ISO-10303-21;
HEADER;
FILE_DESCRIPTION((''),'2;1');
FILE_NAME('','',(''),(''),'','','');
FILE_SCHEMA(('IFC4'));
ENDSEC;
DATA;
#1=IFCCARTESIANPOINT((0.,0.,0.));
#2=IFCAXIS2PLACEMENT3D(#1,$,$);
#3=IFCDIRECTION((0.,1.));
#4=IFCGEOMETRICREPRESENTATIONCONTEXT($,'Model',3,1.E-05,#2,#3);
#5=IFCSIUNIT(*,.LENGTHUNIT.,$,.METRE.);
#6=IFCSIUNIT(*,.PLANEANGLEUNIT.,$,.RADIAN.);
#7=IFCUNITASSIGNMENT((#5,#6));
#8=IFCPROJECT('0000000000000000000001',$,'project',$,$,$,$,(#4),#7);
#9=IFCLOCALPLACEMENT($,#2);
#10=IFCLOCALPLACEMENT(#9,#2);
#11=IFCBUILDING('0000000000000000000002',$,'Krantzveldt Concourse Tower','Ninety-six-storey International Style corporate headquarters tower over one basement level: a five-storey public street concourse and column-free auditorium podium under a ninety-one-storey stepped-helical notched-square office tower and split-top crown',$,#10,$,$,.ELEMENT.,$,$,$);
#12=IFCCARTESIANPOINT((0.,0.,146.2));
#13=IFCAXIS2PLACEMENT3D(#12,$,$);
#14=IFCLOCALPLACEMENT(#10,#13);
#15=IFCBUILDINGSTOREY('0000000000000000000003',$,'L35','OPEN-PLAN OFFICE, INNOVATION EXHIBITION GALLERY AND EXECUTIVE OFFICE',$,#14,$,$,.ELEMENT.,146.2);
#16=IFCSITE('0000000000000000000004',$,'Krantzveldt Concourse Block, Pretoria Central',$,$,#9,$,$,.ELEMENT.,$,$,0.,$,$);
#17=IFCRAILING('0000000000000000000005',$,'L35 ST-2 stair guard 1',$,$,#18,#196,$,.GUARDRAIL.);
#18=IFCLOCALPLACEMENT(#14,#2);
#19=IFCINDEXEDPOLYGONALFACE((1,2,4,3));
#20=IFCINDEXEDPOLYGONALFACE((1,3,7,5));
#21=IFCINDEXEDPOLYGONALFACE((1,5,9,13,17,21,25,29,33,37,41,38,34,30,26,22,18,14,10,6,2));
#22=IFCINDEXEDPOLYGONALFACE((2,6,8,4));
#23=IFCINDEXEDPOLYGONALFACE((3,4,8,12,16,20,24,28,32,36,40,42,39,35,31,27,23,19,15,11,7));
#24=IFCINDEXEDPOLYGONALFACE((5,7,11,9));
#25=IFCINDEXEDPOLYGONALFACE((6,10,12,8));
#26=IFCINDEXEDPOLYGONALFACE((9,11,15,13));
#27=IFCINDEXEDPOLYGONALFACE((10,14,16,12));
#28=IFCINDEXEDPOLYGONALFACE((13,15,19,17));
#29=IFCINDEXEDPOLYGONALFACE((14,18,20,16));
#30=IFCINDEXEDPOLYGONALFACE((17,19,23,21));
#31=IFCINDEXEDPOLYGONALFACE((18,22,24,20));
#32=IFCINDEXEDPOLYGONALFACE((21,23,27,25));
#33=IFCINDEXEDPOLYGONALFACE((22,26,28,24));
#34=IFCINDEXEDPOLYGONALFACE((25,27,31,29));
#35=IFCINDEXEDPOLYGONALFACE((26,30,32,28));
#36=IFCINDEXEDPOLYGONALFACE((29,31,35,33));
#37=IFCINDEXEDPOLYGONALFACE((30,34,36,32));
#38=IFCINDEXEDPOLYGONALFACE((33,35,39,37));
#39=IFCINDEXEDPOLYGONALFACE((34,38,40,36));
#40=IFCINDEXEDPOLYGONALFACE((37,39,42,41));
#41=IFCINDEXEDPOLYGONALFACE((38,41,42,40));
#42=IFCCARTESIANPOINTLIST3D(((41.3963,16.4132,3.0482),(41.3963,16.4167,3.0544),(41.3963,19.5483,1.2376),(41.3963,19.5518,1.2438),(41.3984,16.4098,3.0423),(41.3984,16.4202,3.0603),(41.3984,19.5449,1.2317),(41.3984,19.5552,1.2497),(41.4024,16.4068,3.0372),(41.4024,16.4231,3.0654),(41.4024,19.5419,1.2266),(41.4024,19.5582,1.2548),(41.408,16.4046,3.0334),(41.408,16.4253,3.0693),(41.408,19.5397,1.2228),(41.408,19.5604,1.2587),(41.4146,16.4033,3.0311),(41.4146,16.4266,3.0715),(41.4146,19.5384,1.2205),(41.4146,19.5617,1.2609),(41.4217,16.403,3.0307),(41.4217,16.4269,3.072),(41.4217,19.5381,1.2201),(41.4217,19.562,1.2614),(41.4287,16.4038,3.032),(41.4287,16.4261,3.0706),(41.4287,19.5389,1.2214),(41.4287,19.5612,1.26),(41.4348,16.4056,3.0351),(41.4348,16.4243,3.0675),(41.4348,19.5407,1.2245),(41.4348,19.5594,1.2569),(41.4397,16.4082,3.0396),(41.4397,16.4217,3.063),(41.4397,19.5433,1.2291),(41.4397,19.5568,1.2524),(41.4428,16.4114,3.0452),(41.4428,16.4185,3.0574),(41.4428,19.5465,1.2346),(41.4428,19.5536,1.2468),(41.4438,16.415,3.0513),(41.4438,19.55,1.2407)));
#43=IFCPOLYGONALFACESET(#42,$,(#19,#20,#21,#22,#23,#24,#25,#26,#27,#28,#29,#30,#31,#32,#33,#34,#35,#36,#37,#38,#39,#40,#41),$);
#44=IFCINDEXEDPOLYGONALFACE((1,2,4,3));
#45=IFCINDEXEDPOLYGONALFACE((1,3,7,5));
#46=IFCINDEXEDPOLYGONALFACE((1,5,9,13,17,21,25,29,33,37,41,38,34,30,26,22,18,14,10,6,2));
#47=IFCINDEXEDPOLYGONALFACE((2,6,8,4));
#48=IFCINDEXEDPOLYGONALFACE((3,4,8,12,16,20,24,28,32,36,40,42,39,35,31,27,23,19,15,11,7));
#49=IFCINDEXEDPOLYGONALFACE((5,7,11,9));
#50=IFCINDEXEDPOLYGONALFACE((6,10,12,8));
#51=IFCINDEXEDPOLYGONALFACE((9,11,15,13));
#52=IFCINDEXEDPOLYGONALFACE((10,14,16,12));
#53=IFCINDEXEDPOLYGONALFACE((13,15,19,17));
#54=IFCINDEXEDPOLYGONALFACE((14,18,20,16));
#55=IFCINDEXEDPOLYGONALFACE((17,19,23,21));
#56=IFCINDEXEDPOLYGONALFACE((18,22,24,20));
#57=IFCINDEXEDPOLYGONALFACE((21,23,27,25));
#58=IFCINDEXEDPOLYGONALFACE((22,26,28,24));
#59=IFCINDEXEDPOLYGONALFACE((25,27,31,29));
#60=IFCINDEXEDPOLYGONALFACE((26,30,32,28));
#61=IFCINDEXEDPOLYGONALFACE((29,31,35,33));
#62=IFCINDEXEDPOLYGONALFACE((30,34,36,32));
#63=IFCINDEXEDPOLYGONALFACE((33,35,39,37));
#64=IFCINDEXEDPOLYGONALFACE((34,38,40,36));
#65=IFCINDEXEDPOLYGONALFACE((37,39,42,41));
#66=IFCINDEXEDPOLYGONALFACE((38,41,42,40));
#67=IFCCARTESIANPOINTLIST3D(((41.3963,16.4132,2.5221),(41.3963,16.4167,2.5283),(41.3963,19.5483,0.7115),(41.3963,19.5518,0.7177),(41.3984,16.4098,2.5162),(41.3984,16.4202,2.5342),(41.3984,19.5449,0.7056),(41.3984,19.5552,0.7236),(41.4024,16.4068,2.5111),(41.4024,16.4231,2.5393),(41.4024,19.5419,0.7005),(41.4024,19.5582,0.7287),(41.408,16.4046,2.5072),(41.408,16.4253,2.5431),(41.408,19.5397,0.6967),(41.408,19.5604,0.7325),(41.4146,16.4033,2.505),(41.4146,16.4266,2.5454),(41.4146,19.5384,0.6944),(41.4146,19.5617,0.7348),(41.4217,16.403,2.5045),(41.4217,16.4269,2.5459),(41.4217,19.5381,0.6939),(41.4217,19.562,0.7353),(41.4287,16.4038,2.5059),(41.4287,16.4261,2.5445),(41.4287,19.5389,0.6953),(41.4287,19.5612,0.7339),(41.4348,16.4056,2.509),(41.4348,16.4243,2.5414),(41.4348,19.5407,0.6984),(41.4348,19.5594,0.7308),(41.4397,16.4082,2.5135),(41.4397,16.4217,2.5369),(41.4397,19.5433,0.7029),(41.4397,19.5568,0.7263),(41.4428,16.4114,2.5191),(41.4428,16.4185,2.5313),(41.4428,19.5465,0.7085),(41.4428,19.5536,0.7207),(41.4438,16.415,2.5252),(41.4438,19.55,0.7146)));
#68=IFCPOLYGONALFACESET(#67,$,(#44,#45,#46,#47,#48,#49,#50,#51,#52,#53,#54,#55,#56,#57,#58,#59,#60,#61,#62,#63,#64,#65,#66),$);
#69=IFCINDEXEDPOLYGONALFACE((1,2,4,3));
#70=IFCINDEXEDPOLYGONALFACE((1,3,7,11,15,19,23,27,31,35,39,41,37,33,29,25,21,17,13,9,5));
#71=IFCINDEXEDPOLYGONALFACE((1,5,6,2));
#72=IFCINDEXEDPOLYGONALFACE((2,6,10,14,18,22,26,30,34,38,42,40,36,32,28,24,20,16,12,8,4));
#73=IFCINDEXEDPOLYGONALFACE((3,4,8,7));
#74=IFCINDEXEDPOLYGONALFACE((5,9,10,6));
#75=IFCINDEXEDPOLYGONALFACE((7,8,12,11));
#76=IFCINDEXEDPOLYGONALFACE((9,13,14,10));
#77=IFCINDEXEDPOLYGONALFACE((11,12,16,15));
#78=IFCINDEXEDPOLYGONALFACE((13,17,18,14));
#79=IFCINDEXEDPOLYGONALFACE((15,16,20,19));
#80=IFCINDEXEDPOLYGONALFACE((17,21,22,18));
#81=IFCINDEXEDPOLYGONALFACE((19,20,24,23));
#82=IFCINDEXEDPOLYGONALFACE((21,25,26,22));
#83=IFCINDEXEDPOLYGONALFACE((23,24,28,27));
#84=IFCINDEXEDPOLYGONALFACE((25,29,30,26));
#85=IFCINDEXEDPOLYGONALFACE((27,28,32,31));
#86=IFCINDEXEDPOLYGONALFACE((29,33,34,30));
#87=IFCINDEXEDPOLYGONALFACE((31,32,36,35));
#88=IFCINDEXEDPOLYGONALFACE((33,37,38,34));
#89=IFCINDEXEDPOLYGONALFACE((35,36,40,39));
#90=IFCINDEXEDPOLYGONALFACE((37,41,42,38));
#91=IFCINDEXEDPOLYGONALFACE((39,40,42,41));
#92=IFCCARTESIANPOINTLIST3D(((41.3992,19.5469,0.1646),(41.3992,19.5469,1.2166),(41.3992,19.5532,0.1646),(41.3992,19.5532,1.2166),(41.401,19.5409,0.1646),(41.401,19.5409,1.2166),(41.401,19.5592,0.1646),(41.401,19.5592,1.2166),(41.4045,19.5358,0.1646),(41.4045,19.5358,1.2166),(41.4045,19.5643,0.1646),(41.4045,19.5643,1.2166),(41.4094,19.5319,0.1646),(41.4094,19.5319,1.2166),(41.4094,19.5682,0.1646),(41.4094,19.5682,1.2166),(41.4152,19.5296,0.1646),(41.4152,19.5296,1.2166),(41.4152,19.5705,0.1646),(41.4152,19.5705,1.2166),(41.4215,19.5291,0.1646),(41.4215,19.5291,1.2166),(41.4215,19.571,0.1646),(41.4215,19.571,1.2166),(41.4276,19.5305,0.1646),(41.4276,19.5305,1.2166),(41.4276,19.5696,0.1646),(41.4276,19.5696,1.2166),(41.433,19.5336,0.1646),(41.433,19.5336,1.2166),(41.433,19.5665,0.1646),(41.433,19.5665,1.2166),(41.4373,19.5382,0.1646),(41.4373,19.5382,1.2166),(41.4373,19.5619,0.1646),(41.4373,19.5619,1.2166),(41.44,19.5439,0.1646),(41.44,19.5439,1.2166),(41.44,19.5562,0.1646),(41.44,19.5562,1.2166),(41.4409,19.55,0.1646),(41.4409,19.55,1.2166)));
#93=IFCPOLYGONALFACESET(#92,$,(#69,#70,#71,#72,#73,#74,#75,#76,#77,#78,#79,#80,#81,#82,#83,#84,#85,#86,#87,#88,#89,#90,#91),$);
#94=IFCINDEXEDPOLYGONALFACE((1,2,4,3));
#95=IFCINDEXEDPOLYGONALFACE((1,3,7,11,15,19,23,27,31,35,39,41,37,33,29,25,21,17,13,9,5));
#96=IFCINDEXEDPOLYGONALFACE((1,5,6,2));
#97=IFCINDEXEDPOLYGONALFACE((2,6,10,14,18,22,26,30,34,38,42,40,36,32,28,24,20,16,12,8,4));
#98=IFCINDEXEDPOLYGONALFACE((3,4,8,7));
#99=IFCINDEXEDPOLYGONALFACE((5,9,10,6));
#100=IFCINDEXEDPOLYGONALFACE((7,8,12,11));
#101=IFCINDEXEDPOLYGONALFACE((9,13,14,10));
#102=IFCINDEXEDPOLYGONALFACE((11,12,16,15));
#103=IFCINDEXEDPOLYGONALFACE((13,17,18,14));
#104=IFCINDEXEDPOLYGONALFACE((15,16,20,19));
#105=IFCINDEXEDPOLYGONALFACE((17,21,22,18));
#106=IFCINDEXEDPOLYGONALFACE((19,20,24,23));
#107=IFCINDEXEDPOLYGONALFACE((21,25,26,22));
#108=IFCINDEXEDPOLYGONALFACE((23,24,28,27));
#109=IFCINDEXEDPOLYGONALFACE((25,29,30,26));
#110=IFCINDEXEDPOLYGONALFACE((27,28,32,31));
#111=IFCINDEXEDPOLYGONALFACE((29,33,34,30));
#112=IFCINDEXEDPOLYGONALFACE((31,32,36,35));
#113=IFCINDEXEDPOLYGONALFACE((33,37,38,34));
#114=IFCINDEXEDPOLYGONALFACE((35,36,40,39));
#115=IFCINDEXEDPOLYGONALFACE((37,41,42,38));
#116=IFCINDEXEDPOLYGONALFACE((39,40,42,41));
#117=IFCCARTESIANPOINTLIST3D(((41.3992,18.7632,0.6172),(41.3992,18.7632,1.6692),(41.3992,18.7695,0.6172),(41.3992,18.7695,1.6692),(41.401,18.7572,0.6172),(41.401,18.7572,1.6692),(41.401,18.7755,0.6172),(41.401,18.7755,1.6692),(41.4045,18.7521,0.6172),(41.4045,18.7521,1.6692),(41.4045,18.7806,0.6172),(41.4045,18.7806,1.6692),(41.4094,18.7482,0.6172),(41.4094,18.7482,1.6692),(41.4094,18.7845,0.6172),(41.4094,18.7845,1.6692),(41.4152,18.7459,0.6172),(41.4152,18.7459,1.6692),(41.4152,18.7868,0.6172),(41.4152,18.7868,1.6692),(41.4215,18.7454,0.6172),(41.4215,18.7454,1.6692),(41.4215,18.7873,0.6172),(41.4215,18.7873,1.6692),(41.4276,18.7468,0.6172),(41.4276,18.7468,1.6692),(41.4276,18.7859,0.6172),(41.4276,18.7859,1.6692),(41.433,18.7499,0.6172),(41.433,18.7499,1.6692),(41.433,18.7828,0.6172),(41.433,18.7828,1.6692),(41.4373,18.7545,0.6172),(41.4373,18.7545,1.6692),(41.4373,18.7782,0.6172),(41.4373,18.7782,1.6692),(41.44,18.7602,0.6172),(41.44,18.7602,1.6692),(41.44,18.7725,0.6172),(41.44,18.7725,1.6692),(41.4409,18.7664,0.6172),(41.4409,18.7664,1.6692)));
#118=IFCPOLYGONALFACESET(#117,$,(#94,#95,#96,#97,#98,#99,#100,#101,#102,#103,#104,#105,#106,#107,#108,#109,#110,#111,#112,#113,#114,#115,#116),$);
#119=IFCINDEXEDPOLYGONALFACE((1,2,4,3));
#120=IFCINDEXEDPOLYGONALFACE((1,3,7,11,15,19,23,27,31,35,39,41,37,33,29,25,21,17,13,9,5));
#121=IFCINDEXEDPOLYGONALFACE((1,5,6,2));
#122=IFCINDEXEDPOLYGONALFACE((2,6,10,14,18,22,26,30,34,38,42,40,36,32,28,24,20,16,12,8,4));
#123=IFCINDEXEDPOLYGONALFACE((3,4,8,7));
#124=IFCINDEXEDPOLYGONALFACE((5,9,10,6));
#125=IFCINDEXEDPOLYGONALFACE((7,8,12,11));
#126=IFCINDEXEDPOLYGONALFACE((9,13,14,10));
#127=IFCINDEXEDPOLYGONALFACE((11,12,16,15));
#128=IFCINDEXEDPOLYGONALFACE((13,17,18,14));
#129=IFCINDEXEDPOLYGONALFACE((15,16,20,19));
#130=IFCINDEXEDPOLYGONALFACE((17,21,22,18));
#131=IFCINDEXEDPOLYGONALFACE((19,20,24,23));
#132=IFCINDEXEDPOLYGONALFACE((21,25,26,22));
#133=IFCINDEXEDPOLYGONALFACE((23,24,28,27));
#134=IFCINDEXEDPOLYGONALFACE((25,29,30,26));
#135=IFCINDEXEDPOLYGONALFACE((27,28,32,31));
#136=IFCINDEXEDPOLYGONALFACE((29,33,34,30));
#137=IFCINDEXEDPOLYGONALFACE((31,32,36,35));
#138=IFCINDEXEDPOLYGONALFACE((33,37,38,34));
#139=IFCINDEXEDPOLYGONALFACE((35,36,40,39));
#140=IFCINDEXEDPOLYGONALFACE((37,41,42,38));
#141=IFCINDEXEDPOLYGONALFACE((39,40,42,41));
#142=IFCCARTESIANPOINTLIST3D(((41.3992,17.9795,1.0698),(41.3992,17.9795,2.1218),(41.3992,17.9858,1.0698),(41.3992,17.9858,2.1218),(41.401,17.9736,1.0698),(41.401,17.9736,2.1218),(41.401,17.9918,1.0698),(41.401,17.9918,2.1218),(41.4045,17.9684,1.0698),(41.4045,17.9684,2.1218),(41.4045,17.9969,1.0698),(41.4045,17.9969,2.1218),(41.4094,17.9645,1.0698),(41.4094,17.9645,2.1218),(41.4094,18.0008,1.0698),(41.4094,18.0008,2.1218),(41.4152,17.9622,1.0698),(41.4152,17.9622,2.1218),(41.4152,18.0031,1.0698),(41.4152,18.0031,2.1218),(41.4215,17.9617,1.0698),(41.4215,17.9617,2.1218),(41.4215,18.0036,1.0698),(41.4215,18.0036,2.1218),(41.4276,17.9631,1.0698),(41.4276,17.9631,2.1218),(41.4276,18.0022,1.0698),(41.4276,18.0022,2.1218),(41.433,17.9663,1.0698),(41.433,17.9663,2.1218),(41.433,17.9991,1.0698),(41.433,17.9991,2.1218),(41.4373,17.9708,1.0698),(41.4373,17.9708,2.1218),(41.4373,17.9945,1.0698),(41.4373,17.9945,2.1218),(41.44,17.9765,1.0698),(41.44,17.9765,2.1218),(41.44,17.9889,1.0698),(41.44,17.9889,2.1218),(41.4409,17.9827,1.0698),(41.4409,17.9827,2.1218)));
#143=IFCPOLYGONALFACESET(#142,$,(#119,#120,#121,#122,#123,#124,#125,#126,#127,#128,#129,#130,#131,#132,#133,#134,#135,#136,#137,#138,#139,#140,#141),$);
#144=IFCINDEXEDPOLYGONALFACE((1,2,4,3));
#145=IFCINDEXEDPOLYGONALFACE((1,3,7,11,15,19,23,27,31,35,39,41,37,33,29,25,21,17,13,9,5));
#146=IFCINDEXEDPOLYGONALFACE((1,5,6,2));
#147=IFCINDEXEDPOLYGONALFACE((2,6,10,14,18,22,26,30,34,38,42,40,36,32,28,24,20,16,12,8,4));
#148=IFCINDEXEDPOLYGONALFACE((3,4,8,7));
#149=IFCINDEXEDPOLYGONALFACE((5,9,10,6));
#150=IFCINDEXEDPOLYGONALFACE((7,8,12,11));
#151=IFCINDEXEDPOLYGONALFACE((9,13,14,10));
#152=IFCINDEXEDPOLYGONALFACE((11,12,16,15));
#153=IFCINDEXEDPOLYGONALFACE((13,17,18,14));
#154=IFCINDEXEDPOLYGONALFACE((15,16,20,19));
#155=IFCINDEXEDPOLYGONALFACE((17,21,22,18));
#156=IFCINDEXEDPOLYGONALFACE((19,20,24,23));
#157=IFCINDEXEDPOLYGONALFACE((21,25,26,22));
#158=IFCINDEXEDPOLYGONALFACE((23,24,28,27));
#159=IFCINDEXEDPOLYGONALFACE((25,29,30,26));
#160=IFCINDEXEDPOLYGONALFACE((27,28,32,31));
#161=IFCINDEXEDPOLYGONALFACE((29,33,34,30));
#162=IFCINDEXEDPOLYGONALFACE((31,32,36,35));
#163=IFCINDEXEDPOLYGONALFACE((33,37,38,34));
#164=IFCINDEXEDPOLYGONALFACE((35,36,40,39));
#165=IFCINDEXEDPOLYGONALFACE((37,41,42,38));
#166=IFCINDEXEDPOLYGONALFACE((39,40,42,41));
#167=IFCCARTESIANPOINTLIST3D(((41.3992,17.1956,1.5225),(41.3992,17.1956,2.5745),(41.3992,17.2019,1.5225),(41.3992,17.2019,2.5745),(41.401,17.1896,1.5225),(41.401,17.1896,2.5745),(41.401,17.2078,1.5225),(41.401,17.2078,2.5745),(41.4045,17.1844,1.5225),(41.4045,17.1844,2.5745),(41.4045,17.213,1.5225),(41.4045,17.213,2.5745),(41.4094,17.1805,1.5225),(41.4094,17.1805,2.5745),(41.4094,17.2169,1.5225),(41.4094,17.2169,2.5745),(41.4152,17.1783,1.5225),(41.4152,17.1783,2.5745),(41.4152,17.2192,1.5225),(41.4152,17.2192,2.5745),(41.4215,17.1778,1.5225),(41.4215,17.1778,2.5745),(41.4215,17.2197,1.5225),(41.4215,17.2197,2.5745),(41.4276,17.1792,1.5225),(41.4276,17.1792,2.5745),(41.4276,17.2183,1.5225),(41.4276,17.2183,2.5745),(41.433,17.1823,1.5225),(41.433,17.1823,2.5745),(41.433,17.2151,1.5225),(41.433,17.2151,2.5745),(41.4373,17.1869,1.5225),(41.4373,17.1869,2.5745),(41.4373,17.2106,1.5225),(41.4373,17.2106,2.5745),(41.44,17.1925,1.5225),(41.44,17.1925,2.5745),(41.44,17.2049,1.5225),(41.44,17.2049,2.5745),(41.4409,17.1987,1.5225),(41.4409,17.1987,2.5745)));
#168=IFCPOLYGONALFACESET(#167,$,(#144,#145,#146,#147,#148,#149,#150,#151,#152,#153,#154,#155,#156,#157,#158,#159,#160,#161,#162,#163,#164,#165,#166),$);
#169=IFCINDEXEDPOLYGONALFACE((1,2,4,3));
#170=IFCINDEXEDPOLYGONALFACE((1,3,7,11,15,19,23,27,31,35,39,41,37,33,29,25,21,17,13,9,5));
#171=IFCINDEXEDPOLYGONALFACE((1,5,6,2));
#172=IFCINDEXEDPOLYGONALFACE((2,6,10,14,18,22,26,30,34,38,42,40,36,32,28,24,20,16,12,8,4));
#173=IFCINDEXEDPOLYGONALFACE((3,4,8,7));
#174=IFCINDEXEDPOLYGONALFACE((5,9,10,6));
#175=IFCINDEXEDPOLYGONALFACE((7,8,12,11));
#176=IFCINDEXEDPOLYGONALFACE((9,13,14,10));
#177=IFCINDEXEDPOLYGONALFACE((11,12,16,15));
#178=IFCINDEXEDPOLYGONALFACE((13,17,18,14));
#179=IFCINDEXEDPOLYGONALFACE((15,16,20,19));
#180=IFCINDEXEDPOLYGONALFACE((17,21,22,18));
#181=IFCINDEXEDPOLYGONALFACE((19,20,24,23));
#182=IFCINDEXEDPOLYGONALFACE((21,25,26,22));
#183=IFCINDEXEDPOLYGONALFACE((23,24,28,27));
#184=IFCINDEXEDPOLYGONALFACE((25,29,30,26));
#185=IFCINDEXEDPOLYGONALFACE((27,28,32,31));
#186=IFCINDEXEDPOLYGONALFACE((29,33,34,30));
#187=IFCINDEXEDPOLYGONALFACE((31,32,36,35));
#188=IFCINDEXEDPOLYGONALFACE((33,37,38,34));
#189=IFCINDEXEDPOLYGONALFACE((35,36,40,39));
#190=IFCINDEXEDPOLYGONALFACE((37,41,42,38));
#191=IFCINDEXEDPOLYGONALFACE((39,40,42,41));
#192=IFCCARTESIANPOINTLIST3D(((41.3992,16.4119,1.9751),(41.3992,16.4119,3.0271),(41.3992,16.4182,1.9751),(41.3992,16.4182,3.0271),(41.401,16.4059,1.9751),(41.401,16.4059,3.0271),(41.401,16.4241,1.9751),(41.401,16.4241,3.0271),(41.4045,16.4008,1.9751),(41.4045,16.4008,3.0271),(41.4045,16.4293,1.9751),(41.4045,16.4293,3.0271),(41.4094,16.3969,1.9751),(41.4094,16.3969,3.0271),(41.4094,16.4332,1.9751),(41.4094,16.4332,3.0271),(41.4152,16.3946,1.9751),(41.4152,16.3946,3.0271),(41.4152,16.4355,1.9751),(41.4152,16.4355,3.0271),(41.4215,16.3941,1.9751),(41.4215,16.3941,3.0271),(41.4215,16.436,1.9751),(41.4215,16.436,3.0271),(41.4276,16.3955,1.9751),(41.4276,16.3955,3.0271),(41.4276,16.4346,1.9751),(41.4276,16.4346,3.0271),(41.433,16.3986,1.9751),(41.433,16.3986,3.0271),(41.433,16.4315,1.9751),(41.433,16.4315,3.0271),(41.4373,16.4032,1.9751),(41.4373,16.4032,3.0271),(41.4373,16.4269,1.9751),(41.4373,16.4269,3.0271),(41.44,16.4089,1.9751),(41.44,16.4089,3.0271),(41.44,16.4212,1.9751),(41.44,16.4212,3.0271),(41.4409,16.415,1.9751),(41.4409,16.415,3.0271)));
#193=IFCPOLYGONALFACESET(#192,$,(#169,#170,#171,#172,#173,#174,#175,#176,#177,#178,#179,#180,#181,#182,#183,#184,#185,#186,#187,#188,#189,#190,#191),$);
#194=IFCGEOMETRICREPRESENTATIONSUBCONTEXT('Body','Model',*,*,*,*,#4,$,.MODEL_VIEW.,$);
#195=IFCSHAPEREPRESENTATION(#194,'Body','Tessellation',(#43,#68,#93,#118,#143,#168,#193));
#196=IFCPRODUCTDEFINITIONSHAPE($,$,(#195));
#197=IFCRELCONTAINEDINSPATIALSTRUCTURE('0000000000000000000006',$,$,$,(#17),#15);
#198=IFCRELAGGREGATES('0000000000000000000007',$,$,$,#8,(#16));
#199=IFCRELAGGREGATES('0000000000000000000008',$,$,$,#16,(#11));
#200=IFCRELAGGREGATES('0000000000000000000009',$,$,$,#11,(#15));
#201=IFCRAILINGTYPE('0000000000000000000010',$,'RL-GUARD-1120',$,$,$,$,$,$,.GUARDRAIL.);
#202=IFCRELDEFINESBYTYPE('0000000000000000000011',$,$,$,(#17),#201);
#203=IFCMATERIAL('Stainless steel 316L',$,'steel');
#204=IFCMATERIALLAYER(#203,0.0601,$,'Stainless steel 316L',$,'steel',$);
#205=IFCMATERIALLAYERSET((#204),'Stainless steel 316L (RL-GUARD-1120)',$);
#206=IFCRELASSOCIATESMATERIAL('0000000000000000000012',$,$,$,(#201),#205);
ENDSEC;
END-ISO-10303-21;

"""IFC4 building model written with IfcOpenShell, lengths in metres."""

from ifc_helpers import new_model, si_unit, direction, frame, origin, origin_2d, place, context, subcontext, project, spatial, circle, extrude, material, layer, layer_set, type_object, element, save


model = new_model("IFC4")

# Units and contexts
model_context = context("Model", 3, precision=1e-05, world=origin(), true_north=direction((0.0, 1.0)))
body_context = subcontext(model_context, "Body", "Model", "MODEL_VIEW")
ifc_project = project(units=[si_unit("LENGTHUNIT", "METRE"), si_unit("PLANEANGLEUNIT", "RADIAN")], contexts=[model_context])

# Site, building, storey
site_placement = place(None, origin())
site = spatial("IfcSite", under=ifc_project, at=site_placement, Name="Krantzveldt Concourse Block, Pretoria Central", CompositionType="ELEMENT", RefElevation=0.0)
building_placement = place(site_placement, origin())
building = spatial("IfcBuilding", under=site, at=building_placement, Name="Krantzveldt Concourse Tower", Description="Ninety-six-storey International Style corporate headquarters tower over one basement level: a five-storey public street concourse and column-free auditorium podium under a ninety-one-storey stepped-helical notched-square office tower and split-top crown", CompositionType="ELEMENT")
storey_placement = place(building_placement, frame((0.0, 0.0, 146.2)))
storey = spatial("IfcBuildingStorey", under=building, at=storey_placement, Name="L35", Description="OPEN-PLAN OFFICE, INNOVATION EXHIBITION GALLERY AND EXECUTIVE OFFICE", CompositionType="ELEMENT", Elevation=146.2)

# Shared definitions
ifc_material_1 = material(Name="Stainless steel 316L", Category="steel")

# Railing
ifc_layer_1 = layer(ifc_material_1, 0.0601, Name="Stainless steel 316L", Category="steel")
ifc_layer_set_1 = layer_set([ifc_layer_1], Name="Stainless steel 316L (RL-GUARD-1120)")
railing_type_1 = type_object("IfcRailingType", Name="RL-GUARD-1120", PredefinedType="GUARDRAIL", material=ifc_layer_set_1)
railing_1_placement = place(storey_placement, frame((41.4199, 19.55, 0.1646)))
element("IfcRailing", 1, at=railing_1_placement, inside=storey, type_object=railing_type_1, Name="L35 ST-2 stair guard 1", PredefinedType="GUARDRAIL", context=body_context, shape_type="SweptSolid", body=[
    extrude(circle(Radius=0.0239, at=origin_2d()), frame((0.0, 0.0, 1.0762), z_axis=(0.0, -0.86596, 0.500114), x_axis=(1.0, 0.0, 0.0)), (0.0, 0.0, 1.0), 3.6204),
    extrude(circle(Radius=0.0239, at=origin_2d()), frame((0.0, 0.0, 0.55), z_axis=(0.0, -0.86596, 0.500114), x_axis=(1.0, 0.0, 0.0)), (0.0, 0.0, 1.0), 3.6204),
    extrude(circle(Radius=0.021, at=origin_2d()), origin(), (0.0, 0.0, 1.0), 1.052),
    extrude(circle(Radius=0.021, at=origin_2d()), frame((0.0, -0.7837, 0.4526)), (0.0, 0.0, 1.0), 1.052),
    extrude(circle(Radius=0.021, at=origin_2d()), frame((0.0, -1.5674, 0.9053)), (0.0, 0.0, 1.0), 1.052),
    extrude(circle(Radius=0.021, at=origin_2d()), frame((0.0, -2.3513, 1.3579)), (0.0, 0.0, 1.0), 1.052),
    extrude(circle(Radius=0.021, at=origin_2d()), frame((0.0, -3.135, 1.8105)), (0.0, 0.0, 1.0), 1.052),
])

save(model, "model.ifc")
